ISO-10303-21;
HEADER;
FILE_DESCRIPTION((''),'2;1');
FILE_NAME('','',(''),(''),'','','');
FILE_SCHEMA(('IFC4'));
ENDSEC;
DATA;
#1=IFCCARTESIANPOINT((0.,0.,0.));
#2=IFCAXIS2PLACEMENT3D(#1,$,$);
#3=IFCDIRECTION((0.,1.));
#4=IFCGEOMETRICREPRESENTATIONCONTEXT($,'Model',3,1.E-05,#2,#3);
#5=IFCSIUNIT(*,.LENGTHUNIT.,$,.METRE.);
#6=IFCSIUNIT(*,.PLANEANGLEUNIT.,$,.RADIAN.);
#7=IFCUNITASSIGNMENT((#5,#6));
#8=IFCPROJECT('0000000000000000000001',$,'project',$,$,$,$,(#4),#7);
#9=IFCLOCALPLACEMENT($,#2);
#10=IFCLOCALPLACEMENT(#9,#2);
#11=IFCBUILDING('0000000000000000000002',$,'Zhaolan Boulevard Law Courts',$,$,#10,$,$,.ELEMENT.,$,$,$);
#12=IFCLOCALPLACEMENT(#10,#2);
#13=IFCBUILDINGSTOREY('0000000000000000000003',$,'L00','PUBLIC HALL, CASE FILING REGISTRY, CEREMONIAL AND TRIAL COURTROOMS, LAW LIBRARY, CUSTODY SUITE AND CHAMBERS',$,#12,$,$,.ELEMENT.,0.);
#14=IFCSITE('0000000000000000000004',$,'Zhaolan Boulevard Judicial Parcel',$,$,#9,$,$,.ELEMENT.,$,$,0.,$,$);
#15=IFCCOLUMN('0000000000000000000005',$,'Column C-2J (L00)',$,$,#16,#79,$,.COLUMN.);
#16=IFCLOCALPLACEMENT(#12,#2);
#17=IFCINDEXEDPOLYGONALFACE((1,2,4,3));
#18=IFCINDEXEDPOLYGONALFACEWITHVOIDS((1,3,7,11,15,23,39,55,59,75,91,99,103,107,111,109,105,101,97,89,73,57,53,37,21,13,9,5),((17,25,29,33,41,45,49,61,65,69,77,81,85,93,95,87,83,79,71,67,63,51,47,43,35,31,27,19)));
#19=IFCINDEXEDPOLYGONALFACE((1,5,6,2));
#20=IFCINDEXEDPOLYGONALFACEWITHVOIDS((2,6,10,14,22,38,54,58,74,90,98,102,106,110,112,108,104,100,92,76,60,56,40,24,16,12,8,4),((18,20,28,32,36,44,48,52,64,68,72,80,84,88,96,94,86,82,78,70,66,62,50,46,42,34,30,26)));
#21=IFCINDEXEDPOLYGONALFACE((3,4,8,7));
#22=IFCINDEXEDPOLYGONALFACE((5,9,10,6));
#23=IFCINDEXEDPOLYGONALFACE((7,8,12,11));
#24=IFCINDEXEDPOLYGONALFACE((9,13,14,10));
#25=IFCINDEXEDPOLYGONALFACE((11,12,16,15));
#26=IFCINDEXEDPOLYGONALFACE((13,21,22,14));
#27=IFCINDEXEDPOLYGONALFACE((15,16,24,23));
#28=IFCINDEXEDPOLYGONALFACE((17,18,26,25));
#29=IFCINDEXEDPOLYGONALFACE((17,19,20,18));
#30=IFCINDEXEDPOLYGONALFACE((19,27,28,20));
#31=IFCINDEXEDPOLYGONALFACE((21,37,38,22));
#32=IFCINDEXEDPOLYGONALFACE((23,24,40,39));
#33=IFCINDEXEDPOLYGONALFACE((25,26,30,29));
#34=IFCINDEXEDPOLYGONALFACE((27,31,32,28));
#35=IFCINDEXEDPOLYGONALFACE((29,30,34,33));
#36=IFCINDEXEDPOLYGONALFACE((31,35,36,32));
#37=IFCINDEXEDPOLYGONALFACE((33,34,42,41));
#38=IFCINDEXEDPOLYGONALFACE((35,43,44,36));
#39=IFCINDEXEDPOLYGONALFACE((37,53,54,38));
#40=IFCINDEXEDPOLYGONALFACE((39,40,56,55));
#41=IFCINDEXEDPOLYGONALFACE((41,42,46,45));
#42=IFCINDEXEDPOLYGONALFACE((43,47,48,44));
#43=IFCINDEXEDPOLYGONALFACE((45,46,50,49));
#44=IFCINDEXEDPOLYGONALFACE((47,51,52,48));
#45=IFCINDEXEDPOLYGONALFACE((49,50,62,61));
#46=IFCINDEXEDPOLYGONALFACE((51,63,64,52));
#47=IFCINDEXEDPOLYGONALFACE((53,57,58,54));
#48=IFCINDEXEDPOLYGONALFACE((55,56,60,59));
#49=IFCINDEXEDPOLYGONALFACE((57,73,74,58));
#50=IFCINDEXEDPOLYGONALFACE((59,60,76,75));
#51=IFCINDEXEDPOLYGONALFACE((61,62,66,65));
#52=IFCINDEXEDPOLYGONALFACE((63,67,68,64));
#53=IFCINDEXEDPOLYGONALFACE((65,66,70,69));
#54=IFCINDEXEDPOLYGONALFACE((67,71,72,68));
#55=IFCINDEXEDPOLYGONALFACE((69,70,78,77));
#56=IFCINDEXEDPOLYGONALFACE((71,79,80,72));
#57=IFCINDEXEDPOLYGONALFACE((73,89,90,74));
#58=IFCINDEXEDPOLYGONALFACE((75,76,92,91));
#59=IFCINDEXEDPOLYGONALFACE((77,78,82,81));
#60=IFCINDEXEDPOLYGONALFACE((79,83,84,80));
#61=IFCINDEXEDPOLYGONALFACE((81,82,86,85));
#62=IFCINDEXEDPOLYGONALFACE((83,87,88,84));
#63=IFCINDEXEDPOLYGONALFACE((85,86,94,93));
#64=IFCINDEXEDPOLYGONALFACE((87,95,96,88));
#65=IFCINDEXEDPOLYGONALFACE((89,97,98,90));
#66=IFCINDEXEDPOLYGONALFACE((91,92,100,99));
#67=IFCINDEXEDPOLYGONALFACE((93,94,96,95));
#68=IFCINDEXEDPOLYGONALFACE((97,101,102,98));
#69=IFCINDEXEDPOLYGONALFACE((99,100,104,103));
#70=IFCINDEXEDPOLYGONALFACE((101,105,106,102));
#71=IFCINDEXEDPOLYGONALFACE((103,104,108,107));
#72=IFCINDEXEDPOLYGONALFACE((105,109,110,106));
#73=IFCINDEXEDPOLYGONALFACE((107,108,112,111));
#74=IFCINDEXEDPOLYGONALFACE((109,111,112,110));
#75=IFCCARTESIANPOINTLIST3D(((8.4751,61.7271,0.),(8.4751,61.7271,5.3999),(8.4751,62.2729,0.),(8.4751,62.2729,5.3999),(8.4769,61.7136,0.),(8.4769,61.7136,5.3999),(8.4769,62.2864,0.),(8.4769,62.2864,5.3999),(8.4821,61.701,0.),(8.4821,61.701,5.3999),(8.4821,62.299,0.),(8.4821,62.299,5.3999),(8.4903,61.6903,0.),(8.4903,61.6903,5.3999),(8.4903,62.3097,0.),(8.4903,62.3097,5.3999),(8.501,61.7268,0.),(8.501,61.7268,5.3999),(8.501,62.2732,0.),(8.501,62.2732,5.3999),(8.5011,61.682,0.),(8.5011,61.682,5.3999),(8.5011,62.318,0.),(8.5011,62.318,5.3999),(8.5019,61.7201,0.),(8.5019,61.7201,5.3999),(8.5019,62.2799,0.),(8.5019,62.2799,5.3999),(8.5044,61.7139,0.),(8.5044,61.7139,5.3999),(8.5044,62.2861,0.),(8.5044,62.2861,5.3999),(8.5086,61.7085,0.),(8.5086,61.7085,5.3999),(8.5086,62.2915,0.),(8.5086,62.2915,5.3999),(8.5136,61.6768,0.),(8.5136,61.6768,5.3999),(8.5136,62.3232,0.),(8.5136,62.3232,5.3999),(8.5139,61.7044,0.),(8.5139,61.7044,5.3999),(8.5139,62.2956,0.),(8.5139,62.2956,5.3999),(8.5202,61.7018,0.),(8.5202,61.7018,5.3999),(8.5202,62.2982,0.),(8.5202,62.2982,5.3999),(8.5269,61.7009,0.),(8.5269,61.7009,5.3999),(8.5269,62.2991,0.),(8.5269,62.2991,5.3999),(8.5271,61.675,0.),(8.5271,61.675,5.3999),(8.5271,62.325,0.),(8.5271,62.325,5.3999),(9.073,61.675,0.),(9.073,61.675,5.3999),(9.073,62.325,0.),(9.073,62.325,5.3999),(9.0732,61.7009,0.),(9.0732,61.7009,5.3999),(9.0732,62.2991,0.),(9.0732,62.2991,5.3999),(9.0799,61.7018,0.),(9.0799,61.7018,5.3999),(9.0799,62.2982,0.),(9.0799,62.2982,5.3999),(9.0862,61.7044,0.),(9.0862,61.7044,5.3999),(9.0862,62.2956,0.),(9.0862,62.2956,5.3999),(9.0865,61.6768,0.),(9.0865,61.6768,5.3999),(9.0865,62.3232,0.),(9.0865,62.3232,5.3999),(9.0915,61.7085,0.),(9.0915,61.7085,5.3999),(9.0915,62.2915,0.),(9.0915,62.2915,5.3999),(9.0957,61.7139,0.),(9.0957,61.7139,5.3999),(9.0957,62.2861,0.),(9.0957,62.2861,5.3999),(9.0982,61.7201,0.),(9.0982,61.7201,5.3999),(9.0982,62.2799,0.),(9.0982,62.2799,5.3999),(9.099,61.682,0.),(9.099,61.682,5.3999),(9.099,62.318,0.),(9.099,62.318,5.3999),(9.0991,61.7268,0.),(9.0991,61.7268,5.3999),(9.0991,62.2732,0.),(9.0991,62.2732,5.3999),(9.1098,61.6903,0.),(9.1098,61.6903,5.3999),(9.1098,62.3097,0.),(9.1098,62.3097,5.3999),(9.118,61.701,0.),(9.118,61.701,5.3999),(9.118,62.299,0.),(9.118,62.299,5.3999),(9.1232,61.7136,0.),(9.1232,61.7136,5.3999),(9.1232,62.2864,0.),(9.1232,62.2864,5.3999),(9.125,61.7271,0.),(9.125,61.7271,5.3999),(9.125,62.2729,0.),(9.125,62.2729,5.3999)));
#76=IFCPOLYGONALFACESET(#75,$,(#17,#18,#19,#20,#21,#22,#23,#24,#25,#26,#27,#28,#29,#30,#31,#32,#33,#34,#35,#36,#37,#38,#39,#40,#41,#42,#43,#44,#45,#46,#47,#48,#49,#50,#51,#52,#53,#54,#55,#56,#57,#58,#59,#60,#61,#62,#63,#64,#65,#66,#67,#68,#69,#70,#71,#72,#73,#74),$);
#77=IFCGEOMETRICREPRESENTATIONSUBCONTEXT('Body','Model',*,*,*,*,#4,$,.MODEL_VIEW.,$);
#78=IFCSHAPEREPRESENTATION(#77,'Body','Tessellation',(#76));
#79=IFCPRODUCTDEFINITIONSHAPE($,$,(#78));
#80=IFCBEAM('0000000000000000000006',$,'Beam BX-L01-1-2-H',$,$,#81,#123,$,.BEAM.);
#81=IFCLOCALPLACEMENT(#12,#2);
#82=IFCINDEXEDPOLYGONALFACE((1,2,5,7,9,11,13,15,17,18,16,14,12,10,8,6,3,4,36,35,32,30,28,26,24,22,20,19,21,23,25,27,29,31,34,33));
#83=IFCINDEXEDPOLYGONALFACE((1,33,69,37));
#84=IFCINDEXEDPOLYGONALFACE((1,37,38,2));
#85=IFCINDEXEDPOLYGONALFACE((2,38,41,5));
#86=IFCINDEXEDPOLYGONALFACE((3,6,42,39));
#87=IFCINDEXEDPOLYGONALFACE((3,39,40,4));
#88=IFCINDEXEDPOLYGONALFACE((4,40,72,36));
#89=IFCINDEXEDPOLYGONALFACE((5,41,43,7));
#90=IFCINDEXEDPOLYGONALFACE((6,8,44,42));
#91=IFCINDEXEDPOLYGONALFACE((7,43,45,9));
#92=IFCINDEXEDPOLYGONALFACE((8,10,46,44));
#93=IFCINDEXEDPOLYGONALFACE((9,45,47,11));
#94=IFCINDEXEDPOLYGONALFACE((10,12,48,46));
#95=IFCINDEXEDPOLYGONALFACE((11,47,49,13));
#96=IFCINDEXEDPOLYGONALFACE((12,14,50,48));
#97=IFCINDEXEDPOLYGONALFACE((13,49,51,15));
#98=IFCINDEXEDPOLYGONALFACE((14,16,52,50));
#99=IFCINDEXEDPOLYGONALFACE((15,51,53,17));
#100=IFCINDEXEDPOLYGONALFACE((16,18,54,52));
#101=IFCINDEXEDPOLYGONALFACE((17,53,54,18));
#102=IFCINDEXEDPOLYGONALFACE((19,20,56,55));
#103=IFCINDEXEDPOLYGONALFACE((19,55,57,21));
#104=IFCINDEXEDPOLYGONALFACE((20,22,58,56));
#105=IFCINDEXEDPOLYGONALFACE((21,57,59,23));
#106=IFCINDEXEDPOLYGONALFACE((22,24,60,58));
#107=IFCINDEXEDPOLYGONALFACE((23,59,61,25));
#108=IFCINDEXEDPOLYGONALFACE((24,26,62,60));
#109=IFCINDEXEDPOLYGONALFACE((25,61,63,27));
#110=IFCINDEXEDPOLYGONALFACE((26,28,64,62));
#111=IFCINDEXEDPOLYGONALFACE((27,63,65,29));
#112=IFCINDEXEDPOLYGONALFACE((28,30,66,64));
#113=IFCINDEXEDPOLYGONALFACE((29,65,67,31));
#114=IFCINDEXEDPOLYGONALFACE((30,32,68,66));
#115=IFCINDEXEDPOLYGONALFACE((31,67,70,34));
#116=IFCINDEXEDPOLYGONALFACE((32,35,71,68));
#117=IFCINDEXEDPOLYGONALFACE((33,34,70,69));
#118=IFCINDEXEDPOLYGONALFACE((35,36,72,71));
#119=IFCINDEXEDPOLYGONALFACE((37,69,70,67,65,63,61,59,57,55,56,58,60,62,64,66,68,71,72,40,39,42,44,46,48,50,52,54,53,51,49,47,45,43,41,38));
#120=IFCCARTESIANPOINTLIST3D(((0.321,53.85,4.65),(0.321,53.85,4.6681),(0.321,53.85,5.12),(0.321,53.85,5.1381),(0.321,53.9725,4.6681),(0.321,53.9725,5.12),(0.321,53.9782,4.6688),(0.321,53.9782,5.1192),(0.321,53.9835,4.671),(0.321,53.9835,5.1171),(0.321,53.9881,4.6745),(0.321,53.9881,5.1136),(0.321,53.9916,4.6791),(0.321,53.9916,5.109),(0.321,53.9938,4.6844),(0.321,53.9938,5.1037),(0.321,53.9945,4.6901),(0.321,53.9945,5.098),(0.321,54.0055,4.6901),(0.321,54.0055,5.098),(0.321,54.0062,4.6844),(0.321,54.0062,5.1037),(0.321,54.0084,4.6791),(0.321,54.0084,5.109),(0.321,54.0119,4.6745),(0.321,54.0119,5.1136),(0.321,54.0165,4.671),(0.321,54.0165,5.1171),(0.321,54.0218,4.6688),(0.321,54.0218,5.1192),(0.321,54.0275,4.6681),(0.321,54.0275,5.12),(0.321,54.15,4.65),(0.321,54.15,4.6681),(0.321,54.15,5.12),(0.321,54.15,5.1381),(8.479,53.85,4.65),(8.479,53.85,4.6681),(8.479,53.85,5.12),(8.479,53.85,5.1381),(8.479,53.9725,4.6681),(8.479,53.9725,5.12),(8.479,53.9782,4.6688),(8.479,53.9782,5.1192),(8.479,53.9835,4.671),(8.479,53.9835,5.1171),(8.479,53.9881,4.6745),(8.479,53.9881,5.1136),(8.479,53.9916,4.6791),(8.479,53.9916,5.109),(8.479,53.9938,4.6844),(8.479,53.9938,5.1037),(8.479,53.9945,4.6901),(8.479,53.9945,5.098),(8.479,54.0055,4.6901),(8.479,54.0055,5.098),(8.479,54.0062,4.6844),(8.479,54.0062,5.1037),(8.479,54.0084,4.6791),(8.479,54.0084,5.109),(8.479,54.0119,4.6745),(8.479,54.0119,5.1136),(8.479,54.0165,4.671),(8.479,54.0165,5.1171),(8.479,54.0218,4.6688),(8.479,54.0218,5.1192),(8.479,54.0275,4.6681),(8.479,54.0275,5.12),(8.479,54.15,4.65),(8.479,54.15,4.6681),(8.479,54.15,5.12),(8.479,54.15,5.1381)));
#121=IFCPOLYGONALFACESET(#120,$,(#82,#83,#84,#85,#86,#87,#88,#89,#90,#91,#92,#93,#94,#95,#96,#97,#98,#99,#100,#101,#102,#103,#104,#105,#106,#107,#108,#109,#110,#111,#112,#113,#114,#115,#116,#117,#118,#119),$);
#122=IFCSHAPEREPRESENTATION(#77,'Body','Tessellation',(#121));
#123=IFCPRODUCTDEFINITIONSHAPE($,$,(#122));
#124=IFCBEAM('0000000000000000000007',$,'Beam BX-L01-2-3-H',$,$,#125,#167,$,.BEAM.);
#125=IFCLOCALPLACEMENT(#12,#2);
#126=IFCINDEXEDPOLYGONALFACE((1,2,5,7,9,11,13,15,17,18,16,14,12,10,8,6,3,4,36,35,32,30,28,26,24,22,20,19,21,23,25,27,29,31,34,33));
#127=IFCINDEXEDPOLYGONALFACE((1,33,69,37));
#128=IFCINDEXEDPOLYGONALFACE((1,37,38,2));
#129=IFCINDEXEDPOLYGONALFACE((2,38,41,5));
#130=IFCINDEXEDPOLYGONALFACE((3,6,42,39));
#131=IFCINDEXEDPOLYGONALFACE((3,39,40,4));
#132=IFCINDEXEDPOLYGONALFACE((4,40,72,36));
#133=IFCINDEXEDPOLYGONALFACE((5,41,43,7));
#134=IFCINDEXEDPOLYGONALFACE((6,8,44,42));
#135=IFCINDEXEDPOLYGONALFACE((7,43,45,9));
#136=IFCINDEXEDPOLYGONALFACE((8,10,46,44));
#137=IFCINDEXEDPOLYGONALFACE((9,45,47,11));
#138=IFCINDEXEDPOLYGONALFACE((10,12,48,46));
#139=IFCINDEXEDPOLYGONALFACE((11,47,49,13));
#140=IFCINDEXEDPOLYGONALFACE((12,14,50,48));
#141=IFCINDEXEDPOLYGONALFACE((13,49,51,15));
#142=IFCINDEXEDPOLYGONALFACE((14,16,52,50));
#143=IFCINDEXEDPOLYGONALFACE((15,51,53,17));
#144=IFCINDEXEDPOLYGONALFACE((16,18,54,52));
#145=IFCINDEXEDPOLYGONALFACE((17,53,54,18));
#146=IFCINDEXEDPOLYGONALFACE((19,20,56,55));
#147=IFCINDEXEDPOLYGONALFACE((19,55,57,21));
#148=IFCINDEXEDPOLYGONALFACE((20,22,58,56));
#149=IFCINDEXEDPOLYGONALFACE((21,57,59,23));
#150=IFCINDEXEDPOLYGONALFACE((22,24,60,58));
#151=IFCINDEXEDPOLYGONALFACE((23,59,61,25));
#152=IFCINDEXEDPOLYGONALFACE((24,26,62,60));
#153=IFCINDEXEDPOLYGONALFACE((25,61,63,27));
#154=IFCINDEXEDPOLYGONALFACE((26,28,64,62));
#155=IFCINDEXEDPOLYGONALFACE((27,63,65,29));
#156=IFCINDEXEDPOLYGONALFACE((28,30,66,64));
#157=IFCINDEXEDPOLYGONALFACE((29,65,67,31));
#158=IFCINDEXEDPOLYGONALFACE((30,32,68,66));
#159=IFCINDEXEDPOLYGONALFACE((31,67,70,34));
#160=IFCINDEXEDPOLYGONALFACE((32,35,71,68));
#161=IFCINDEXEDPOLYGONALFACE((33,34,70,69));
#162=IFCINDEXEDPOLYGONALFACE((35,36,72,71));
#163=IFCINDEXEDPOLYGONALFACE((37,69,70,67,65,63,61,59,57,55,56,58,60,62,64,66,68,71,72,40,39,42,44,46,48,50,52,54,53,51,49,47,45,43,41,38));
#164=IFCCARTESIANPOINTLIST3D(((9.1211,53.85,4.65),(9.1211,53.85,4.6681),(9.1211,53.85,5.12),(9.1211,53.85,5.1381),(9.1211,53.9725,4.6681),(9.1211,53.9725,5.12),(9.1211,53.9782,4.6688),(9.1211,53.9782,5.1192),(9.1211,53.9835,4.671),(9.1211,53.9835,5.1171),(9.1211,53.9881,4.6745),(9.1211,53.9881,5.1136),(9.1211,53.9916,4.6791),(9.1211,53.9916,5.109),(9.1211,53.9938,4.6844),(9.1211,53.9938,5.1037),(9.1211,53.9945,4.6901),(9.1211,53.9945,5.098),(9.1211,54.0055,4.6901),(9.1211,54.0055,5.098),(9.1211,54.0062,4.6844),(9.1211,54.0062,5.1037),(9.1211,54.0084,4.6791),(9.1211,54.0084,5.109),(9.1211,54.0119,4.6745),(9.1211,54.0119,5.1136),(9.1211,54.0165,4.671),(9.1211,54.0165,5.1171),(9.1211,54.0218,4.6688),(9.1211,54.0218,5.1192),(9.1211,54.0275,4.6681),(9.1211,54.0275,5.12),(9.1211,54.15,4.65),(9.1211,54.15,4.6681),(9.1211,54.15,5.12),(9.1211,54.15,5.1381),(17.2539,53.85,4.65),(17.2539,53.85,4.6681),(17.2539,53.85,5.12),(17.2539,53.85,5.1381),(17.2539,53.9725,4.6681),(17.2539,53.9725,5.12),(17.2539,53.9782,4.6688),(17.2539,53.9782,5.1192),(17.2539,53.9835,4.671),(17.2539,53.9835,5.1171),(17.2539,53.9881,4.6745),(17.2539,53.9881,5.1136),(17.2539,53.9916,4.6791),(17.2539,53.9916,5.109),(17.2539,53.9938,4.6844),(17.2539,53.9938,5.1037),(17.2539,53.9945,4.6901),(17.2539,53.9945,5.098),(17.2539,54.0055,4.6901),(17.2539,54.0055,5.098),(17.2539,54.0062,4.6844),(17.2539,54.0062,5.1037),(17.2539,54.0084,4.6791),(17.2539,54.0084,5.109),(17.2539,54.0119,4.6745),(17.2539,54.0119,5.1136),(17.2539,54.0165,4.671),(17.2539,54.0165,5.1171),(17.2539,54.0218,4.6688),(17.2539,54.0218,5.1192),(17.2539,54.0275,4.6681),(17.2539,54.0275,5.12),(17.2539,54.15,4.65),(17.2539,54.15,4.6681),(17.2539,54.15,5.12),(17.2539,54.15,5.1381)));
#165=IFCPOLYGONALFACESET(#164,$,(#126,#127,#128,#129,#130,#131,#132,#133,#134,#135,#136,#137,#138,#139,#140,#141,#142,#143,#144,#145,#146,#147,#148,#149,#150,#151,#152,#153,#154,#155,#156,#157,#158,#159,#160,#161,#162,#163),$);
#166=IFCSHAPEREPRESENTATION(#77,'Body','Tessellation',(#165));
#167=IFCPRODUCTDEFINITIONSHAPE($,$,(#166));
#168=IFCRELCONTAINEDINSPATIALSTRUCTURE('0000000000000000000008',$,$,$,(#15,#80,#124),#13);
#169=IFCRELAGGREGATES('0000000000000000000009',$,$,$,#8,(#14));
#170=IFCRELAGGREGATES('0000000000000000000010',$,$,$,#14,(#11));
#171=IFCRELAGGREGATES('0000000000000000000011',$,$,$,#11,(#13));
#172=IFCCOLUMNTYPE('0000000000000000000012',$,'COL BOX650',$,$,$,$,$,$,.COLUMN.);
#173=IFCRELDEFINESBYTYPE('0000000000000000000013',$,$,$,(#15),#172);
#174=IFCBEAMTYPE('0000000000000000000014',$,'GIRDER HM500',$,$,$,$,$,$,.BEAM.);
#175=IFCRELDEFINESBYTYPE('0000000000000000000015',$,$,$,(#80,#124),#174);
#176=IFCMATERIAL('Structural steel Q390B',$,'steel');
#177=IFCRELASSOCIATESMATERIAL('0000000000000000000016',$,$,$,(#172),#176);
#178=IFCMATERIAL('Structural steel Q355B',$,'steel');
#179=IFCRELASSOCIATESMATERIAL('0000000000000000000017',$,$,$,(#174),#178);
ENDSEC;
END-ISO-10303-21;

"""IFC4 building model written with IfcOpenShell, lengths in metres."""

from ifc_helpers import new_model, si_unit, direction, frame, origin, origin_2d, place, context, subcontext, project, spatial, hollow_rectangle, i_section, extrude, material, material_profile, profile_set, type_object, element, save


model = new_model("IFC4")

# Units and contexts
model_context = context("Model", 3, precision=1e-05, world=origin(), true_north=direction((0.0, 1.0)))
body_context = subcontext(model_context, "Body", "Model", "MODEL_VIEW")
ifc_project = project(units=[si_unit("LENGTHUNIT", "METRE"), si_unit("PLANEANGLEUNIT", "RADIAN")], contexts=[model_context])

# Site, building, storey
site_placement = place(None, origin())
site = spatial("IfcSite", under=ifc_project, at=site_placement, Name="Zhaolan Boulevard Judicial Parcel", CompositionType="ELEMENT", RefElevation=0.0)
building_placement = place(site_placement, origin())
building = spatial("IfcBuilding", under=site, at=building_placement, Name="Zhaolan Boulevard Law Courts", CompositionType="ELEMENT")
storey_placement = place(building_placement, origin())
storey = spatial("IfcBuildingStorey", under=building, at=storey_placement, Name="L00", Description="PUBLIC HALL, CASE FILING REGISTRY, CEREMONIAL AND TRIAL COURTROOMS, LAW LIBRARY, CUSTODY SUITE AND CHAMBERS", CompositionType="ELEMENT", Elevation=0.0)

# Column
ifc_material_1 = material(Name="Structural steel Q390B", Category="steel")
ifc_material_profile_1 = material_profile(ifc_material_1, hollow_rectangle(XDim=0.6499, YDim=0.6499, WallThickness=0.0259, InnerFilletRadius=0.0259, OuterFilletRadius=0.052, at=origin_2d()), Name="BOX650x650x26")
ifc_profile_set_1 = profile_set([ifc_material_profile_1], Name="Structural steel Q390B")
column_type = type_object("IfcColumnType", Name="COL BOX650", PredefinedType="COLUMN", material=ifc_profile_set_1)
for number, where, z_axis, x_axis, name in (
    (1, (8.8, 62.0, 0.0), (0.0, 0.0, 1.0), (1.0, 0.0, 0.0), "Column C-2J (L00)"),
):
    element("IfcColumn", number, at=place(storey_placement, frame(where, z_axis=z_axis, x_axis=x_axis)), inside=storey, type_object=column_type, Name=name, PredefinedType="COLUMN", context=body_context, shape_type="SweptSolid", body=[
        extrude(hollow_rectangle(XDim=0.6499, YDim=0.6499, WallThickness=0.0259, InnerFilletRadius=0.0259, OuterFilletRadius=0.052, at=origin_2d()), origin(), (0.0, 0.0, 1.0), 5.3999),
    ])

# Beams
ifc_material_2 = material(Name="Structural steel Q355B", Category="steel")
ifc_material_profile_2 = material_profile(ifc_material_2, i_section(OverallWidth=0.3, OverallDepth=0.488, WebThickness=0.011, FlangeThickness=0.0181, FilletRadius=0.022, at=origin_2d()), Name="HM488x300")
ifc_profile_set_2 = profile_set([ifc_material_profile_2], Name="Structural steel Q355B")
beam_type_1 = type_object("IfcBeamType", Name="GIRDER HM500", PredefinedType="BEAM", material=ifc_profile_set_2)
beam_1_placement = place(storey_placement, frame((0.321, 54.0, 4.894), z_axis=(1.0, 0.0, 0.0), x_axis=(0.0, 1.0, 0.0)))
element("IfcBeam", 2, at=beam_1_placement, inside=storey, type_object=beam_type_1, Name="Beam BX-L01-1-2-H", PredefinedType="BEAM", context=body_context, shape_type="SweptSolid", body=[
    extrude(i_section(OverallWidth=0.3, OverallDepth=0.488, WebThickness=0.011, FlangeThickness=0.0181, FilletRadius=0.022, at=origin_2d()), origin(), (0.0, 0.0, 1.0), 8.158),
])
beam_2_placement = place(storey_placement, frame((9.1211, 54.0, 4.894), z_axis=(1.0, 0.0, 0.0), x_axis=(0.0, 1.0, 0.0)))
element("IfcBeam", 3, at=beam_2_placement, inside=storey, type_object=beam_type_1, Name="Beam BX-L01-2-3-H", PredefinedType="BEAM", context=body_context, shape_type="SweptSolid", body=[
    extrude(i_section(OverallWidth=0.3, OverallDepth=0.488, WebThickness=0.011, FlangeThickness=0.0181, FilletRadius=0.022, at=origin_2d()), origin(), (0.0, 0.0, 1.0), 8.1328),
])

save(model, "model.ifc")
